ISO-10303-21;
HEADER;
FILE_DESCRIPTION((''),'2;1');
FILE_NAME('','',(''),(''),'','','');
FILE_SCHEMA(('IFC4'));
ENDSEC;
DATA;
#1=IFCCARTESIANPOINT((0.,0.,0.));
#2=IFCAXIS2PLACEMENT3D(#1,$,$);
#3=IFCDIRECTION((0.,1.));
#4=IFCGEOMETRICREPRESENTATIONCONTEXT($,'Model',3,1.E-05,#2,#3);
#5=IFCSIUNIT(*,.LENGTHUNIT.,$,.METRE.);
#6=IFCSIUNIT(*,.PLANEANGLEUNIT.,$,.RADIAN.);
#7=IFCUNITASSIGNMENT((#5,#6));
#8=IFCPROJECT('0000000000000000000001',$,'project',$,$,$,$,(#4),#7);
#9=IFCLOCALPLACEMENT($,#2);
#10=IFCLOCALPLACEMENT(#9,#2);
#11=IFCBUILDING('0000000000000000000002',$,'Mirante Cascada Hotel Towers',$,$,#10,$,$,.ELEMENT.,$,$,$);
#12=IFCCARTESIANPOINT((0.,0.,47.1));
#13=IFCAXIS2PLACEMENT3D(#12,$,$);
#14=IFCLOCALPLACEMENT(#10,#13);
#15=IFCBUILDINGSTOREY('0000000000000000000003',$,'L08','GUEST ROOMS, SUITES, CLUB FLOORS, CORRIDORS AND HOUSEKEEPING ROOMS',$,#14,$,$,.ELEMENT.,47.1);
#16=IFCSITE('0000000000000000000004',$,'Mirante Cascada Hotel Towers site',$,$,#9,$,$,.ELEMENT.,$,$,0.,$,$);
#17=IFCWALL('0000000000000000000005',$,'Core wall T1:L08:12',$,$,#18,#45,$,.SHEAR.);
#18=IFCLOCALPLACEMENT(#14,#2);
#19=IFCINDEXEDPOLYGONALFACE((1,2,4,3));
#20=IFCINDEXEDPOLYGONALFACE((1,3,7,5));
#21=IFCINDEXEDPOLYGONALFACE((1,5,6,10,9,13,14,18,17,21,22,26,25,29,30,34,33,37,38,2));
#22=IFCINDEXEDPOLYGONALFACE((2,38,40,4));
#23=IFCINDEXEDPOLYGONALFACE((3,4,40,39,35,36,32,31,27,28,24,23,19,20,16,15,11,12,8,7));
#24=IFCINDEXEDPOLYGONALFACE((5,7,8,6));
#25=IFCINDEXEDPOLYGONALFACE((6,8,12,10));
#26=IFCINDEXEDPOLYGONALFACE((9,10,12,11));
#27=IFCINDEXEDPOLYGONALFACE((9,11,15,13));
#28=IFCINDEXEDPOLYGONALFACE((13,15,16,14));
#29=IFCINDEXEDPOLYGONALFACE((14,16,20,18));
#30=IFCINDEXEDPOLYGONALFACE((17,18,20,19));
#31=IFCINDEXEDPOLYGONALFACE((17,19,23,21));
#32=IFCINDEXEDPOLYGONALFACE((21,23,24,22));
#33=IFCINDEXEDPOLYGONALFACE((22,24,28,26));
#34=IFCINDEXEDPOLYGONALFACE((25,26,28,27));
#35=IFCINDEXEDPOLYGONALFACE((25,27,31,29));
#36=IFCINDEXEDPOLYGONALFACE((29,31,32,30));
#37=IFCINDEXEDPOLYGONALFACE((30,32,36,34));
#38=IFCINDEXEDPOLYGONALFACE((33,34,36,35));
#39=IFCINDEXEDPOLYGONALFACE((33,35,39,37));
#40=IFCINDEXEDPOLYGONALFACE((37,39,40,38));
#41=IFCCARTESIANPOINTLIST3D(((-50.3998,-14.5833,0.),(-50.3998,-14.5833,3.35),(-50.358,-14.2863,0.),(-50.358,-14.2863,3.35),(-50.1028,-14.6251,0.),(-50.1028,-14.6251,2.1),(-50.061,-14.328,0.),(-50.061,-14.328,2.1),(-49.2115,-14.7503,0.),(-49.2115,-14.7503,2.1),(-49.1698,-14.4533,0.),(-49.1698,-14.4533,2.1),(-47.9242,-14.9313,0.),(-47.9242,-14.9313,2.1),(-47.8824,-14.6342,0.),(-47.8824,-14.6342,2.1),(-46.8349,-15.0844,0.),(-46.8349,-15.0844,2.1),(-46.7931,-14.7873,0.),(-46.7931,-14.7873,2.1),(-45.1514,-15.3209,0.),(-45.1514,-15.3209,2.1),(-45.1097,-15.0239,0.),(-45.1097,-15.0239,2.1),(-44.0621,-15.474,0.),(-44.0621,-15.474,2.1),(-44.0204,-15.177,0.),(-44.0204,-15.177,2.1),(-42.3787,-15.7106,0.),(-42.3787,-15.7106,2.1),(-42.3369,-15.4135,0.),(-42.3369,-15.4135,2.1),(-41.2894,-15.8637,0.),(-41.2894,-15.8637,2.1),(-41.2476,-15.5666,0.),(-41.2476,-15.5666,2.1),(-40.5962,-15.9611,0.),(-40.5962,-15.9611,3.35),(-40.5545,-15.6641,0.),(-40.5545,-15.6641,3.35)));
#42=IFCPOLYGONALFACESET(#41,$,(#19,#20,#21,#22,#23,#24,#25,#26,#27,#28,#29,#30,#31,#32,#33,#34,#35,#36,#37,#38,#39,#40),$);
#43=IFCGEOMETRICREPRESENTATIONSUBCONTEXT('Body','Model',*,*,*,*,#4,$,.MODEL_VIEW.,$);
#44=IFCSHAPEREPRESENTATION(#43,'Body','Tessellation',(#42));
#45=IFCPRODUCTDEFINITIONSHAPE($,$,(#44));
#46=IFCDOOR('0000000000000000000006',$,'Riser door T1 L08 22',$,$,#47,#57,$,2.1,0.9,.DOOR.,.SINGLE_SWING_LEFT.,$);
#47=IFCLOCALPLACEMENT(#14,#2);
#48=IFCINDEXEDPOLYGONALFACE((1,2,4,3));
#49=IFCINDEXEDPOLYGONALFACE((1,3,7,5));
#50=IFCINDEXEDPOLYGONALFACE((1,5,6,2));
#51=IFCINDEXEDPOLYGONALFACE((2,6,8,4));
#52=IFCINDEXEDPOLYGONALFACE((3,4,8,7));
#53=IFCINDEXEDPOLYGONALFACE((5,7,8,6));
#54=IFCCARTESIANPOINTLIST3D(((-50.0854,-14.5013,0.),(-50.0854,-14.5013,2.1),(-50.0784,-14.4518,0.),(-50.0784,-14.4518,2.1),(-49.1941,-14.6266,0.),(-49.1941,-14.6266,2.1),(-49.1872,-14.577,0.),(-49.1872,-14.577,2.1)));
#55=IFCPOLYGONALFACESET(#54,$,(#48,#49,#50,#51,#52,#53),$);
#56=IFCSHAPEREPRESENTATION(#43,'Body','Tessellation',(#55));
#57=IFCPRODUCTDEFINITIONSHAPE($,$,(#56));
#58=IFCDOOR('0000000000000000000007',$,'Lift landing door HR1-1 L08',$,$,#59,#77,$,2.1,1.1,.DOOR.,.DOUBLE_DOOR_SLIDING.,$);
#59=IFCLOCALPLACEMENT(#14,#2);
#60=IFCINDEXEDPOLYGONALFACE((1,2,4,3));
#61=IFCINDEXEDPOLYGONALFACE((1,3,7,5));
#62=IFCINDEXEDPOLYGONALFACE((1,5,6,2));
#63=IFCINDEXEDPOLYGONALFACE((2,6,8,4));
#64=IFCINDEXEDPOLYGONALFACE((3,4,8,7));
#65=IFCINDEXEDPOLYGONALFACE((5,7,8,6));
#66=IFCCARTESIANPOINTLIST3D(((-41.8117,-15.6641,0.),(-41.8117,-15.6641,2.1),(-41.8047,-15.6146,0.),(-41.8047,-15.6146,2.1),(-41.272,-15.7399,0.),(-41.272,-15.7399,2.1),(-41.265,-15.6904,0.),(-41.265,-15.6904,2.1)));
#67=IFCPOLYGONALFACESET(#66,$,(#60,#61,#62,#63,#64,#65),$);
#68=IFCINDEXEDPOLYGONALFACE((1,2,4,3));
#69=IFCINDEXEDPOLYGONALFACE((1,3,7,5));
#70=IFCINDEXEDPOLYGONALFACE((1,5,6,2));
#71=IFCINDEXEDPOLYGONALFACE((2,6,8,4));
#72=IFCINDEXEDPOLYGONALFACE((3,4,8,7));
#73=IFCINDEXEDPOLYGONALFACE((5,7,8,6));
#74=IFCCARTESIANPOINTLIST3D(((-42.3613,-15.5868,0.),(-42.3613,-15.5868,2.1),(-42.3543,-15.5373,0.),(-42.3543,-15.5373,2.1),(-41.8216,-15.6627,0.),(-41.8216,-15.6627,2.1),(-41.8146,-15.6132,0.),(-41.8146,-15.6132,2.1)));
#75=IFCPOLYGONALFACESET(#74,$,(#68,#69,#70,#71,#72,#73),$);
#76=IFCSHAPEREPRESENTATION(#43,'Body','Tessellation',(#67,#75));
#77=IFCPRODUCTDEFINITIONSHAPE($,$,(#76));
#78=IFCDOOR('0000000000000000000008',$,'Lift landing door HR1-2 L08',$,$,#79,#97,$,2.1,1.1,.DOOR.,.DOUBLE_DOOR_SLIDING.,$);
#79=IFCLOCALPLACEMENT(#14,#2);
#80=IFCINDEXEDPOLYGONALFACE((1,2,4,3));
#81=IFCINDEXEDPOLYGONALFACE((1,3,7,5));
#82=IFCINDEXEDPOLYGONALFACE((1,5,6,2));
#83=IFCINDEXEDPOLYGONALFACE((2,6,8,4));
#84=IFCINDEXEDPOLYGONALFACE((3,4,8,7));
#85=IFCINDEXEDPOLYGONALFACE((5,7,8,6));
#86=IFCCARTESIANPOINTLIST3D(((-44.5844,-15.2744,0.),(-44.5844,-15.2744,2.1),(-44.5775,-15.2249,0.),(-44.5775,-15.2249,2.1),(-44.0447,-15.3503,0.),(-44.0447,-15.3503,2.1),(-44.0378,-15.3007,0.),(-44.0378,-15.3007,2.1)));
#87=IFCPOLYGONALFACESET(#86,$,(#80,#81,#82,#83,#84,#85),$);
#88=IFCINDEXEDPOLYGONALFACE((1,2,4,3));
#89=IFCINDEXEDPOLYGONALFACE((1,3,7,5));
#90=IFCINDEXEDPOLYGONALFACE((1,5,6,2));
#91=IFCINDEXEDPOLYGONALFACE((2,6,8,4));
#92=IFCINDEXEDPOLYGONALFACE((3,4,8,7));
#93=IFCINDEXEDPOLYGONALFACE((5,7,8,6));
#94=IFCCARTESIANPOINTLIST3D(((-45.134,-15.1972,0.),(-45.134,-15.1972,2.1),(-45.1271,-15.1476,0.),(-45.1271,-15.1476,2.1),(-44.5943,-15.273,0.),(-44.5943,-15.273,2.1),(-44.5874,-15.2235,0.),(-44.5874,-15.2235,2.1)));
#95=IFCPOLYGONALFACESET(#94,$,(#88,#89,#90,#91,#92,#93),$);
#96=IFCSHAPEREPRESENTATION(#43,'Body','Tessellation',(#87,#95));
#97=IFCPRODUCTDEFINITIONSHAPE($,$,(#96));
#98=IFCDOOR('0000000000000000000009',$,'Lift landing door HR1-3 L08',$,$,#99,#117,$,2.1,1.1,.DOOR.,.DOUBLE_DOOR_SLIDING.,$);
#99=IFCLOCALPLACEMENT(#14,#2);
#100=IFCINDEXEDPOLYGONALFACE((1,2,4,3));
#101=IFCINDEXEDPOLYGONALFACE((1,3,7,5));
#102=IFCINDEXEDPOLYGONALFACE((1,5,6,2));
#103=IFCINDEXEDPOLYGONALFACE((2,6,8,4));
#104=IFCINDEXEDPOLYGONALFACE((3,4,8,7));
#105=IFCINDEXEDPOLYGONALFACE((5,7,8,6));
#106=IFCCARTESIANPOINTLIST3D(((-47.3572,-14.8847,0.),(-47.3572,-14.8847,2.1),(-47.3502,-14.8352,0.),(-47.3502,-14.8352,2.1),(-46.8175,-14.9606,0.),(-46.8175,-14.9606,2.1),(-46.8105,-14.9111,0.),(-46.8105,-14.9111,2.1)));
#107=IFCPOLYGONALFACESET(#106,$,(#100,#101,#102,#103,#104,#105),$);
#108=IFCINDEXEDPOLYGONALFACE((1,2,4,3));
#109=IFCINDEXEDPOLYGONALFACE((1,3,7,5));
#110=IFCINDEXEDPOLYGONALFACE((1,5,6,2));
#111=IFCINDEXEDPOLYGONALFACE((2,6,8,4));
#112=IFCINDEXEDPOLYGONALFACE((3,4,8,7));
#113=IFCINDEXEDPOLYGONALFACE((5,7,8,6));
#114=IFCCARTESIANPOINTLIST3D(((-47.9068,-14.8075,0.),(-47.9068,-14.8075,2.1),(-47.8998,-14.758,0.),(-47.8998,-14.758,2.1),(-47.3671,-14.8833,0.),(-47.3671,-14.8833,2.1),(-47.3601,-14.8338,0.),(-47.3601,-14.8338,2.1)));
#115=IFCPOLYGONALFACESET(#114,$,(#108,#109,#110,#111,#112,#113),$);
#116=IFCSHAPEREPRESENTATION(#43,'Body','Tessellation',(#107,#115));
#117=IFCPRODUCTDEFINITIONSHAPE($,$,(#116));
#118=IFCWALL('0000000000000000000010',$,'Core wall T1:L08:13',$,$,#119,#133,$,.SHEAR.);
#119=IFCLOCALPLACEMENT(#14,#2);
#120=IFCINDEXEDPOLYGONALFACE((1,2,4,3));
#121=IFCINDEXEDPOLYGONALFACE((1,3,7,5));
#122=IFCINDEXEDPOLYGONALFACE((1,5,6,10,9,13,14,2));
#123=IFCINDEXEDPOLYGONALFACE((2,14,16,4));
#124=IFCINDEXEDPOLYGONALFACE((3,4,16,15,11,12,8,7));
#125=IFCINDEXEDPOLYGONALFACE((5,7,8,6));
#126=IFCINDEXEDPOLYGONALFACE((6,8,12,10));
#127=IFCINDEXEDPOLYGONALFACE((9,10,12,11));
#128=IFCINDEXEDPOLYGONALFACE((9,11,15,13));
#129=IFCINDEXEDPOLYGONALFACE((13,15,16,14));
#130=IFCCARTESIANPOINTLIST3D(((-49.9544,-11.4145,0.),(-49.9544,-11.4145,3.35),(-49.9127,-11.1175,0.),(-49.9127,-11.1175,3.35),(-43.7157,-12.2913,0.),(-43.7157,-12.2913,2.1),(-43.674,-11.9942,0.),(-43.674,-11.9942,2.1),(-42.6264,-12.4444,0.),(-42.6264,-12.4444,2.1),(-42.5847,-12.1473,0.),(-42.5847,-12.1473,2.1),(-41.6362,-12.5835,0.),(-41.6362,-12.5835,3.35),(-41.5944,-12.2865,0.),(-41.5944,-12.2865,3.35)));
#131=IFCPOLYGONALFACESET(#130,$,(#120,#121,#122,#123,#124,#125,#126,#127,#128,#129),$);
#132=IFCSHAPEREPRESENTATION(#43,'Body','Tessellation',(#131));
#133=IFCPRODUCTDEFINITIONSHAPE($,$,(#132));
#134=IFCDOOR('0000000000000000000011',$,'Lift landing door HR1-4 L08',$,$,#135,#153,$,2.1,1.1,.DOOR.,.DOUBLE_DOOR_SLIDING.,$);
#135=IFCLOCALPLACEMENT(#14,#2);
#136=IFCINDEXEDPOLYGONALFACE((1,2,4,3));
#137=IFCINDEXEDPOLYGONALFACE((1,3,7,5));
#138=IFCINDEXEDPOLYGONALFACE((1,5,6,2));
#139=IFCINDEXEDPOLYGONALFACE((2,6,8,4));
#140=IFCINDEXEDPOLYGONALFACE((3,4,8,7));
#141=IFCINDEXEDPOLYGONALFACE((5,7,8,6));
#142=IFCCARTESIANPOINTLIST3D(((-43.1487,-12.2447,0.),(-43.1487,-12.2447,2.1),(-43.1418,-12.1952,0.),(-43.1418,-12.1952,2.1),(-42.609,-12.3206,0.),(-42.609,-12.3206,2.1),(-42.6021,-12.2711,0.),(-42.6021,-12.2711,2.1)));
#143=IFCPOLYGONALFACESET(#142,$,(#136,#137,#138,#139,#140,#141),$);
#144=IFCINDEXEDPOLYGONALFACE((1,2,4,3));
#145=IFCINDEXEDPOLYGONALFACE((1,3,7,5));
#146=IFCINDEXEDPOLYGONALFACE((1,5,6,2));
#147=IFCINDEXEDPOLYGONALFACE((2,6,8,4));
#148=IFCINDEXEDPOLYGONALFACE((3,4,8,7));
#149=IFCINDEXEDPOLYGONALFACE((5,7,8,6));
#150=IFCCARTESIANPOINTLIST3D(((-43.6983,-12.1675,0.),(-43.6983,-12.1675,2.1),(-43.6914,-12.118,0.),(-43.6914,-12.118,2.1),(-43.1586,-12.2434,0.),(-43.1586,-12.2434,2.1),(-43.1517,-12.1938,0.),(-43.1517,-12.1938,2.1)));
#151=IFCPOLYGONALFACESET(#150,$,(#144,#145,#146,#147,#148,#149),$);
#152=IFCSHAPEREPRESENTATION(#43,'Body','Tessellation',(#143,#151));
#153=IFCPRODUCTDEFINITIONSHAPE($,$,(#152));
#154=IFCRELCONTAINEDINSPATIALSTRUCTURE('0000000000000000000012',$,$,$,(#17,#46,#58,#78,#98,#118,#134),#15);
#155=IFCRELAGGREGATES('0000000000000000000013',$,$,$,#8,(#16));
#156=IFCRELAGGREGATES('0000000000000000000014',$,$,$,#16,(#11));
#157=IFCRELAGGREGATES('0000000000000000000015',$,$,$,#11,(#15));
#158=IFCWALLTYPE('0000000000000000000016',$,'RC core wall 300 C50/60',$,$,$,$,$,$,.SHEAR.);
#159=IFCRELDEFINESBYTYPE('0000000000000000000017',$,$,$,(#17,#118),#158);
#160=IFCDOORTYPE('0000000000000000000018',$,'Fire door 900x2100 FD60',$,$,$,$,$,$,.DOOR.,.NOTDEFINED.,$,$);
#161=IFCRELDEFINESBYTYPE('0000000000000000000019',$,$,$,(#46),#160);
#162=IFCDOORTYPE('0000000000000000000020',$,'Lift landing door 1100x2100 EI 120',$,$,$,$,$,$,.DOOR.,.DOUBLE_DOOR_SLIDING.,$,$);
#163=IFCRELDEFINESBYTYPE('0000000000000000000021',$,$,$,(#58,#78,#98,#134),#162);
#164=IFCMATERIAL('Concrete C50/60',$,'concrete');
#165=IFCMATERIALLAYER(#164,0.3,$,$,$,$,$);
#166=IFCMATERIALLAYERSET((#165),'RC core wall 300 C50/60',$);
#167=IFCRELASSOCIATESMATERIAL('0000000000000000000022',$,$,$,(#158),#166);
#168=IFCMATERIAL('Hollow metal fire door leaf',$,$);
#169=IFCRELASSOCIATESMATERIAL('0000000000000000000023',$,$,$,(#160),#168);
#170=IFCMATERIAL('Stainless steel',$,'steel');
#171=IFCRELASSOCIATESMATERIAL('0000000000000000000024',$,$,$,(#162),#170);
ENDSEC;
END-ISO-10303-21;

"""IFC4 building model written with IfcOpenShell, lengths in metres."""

from ifc_helpers import new_model, si_unit, direction, frame, frame_2d, origin, place, context, subcontext, project, spatial, rectangle, extrude, material, layer, layer_set, type_object, element, fill, save


model = new_model("IFC4")

# Units and contexts
model_context = context("Model", 3, precision=1e-05, world=origin(), true_north=direction((0.0, 1.0)))
body_context = subcontext(model_context, "Body", "Model", "MODEL_VIEW")
ifc_project = project(units=[si_unit("LENGTHUNIT", "METRE"), si_unit("PLANEANGLEUNIT", "RADIAN")], contexts=[model_context])

# Site, building, storey
site_placement = place(None, origin())
site = spatial("IfcSite", under=ifc_project, at=site_placement, Name="Mirante Cascada Hotel Towers site", CompositionType="ELEMENT", RefElevation=0.0)
building_placement = place(site_placement, origin())
building = spatial("IfcBuilding", under=site, at=building_placement, Name="Mirante Cascada Hotel Towers", CompositionType="ELEMENT")
storey_placement = place(building_placement, frame((0.0, 0.0, 47.1)))
storey = spatial("IfcBuildingStorey", under=building, at=storey_placement, Name="L08", Description="GUEST ROOMS, SUITES, CLUB FLOORS, CORRIDORS AND HOUSEKEEPING ROOMS", CompositionType="ELEMENT", Elevation=47.1)

# Shared definitions
ifc_material_1 = material(Name="Concrete C50/60", Category="concrete")
ifc_layer_1 = layer(ifc_material_1, 0.3)
ifc_layer_set_1 = layer_set([ifc_layer_1], Name="RC core wall 300 C50/60")
wall_type_1 = type_object("IfcWallType", Name="RC core wall 300 C50/60", PredefinedType="SHEAR", material=ifc_layer_set_1)

# Wall, openings, doors
wall_1_placement = place(storey_placement, frame((-40.5753, -15.8126, 0.0), z_axis=(0.0, 0.0, 1.0), x_axis=(-0.990268, 0.139173, 0.0)))
wall_1 = element("IfcWall", 1, at=wall_1_placement, inside=storey, type_object=wall_type_1, Name="Core wall T1:L08:12", PredefinedType="SHEAR", context=body_context, shape_type="SweptSolid", body=[
    extrude(rectangle(XDim=9.8999, YDim=0.3, at=frame_2d((4.95, 0.0))), origin(), (0.0, 0.0, 1.0), 3.35),
])
opening_1_placement = place(wall_1_placement, frame((0.7, 0.0, 0.0)))
opening_1 = element("IfcOpeningElement", 2, at=opening_1_placement, cuts=wall_1, PredefinedType="OPENING", context=body_context, shape_type="SweptSolid", body=[
    extrude(rectangle(XDim=1.1, YDim=2.1, at=frame_2d((0.55, 1.05))), frame((0.0, 0.15, 0.0), z_axis=(0.0, -1.0, 0.0), x_axis=(1.0, 0.0, 0.0)), (0.0, 0.0, 1.0), 0.3),
])
opening_2_placement = place(wall_1_placement, frame((3.5, 0.0, 0.0)))
opening_2 = element("IfcOpeningElement", 3, at=opening_2_placement, cuts=wall_1, PredefinedType="OPENING", context=body_context, shape_type="SweptSolid", body=[
    extrude(rectangle(XDim=1.1, YDim=2.1, at=frame_2d((0.55, 1.05))), frame((0.0, 0.15, 0.0), z_axis=(0.0, -1.0, 0.0), x_axis=(1.0, 0.0, 0.0)), (0.0, 0.0, 1.0), 0.3),
])
opening_3_placement = place(wall_1_placement, frame((6.3, 0.0, 0.0)))
opening_3 = element("IfcOpeningElement", 4, at=opening_3_placement, cuts=wall_1, PredefinedType="OPENING", context=body_context, shape_type="SweptSolid", body=[
    extrude(rectangle(XDim=1.1, YDim=2.1, at=frame_2d((0.55, 1.05))), frame((0.0, 0.15, 0.0), z_axis=(0.0, -1.0, 0.0), x_axis=(1.0, 0.0, 0.0)), (0.0, 0.0, 1.0), 0.3),
])
opening_4_placement = place(wall_1_placement, frame((8.7, 0.0, 0.0)))
opening_4 = element("IfcOpeningElement", 5, at=opening_4_placement, cuts=wall_1, PredefinedType="OPENING", context=body_context, shape_type="SweptSolid", body=[
    extrude(rectangle(XDim=0.9, YDim=2.1, at=frame_2d((0.45, 1.05))), frame((0.0, 0.15, 0.0), z_axis=(0.0, -1.0, 0.0), x_axis=(1.0, 0.0, 0.0)), (0.0, 0.0, 1.0), 0.3),
])
ifc_material_2 = material(Name="Hollow metal fire door leaf")
door_type_1 = type_object("IfcDoorType", Name="Fire door 900x2100 FD60", OperationType="NOTDEFINED", PredefinedType="DOOR", material=ifc_material_2)
door_1_placement = place(opening_4_placement, origin())
door_1 = element("IfcDoor", 6, at=door_1_placement, inside=storey, type_object=door_type_1, Name="Riser door T1 L08 22", OperationType="SINGLE_SWING_LEFT", OverallHeight=2.1, OverallWidth=0.9, PredefinedType="DOOR", context=body_context, shape_type="SweptSolid", body=[
    extrude(rectangle(XDim=0.9, YDim=2.1, at=frame_2d((0.45, 1.05))), frame((0.0, 0.025, 0.0), z_axis=(0.0, -1.0, 0.0), x_axis=(1.0, 0.0, 0.0)), (0.0, 0.0, 1.0), 0.05),
])
fill(opening_4, door_1)
ifc_material_3 = material(Name="Stainless steel", Category="steel")
door_type_2 = type_object("IfcDoorType", Name="Lift landing door 1100x2100 EI 120", OperationType="DOUBLE_DOOR_SLIDING", PredefinedType="DOOR", material=ifc_material_3)
door_2_placement = place(opening_1_placement, origin())
door_2 = element("IfcDoor", 7, at=door_2_placement, inside=storey, type_object=door_type_2, Name="Lift landing door HR1-1 L08", OperationType="DOUBLE_DOOR_SLIDING", OverallHeight=2.1, OverallWidth=1.1, PredefinedType="DOOR", context=body_context, shape_type="SweptSolid", body=[
    extrude(rectangle(XDim=0.545, YDim=2.1, at=frame_2d((0.2725, 1.05))), frame((0.0, 0.025, 0.0), z_axis=(0.0, -1.0, 0.0), x_axis=(1.0, 0.0, 0.0)), (0.0, 0.0, 1.0), 0.05),
    extrude(rectangle(XDim=0.545, YDim=2.1, at=frame_2d((0.8275, 1.05))), frame((0.0, 0.025, 0.0), z_axis=(0.0, -1.0, 0.0), x_axis=(1.0, 0.0, 0.0)), (0.0, 0.0, 1.0), 0.05),
])
fill(opening_1, door_2)
door_3_placement = place(opening_2_placement, origin())
door_3 = element("IfcDoor", 8, at=door_3_placement, inside=storey, type_object=door_type_2, Name="Lift landing door HR1-2 L08", OperationType="DOUBLE_DOOR_SLIDING", OverallHeight=2.1, OverallWidth=1.1, PredefinedType="DOOR", context=body_context, shape_type="SweptSolid", body=[
    extrude(rectangle(XDim=0.545, YDim=2.1, at=frame_2d((0.2725, 1.05))), frame((0.0, 0.025, 0.0), z_axis=(0.0, -1.0, 0.0), x_axis=(1.0, 0.0, 0.0)), (0.0, 0.0, 1.0), 0.05),
    extrude(rectangle(XDim=0.545, YDim=2.1, at=frame_2d((0.8275, 1.05))), frame((0.0, 0.025, 0.0), z_axis=(0.0, -1.0, 0.0), x_axis=(1.0, 0.0, 0.0)), (0.0, 0.0, 1.0), 0.05),
])
fill(opening_2, door_3)
door_4_placement = place(opening_3_placement, origin())
door_4 = element("IfcDoor", 9, at=door_4_placement, inside=storey, type_object=door_type_2, Name="Lift landing door HR1-3 L08", OperationType="DOUBLE_DOOR_SLIDING", OverallHeight=2.1, OverallWidth=1.1, PredefinedType="DOOR", context=body_context, shape_type="SweptSolid", body=[
    extrude(rectangle(XDim=0.545, YDim=2.1, at=frame_2d((0.2725, 1.05))), frame((0.0, 0.025, 0.0), z_axis=(0.0, -1.0, 0.0), x_axis=(1.0, 0.0, 0.0)), (0.0, 0.0, 1.0), 0.05),
    extrude(rectangle(XDim=0.545, YDim=2.1, at=frame_2d((0.8275, 1.05))), frame((0.0, 0.025, 0.0), z_axis=(0.0, -1.0, 0.0), x_axis=(1.0, 0.0, 0.0)), (0.0, 0.0, 1.0), 0.05),
])
fill(opening_3, door_4)

# Wall, opening, door
wall_2_placement = place(storey_placement, frame((-41.6153, -12.435, 0.0), z_axis=(0.0, 0.0, 1.0), x_axis=(-0.990269, 0.139166, 0.0)))
wall_2 = element("IfcWall", 10, at=wall_2_placement, inside=storey, type_object=wall_type_1, Name="Core wall T1:L08:13", PredefinedType="SHEAR", context=body_context, shape_type="SweptSolid", body=[
    extrude(rectangle(XDim=8.4, YDim=0.3, at=frame_2d((4.2, 0.0))), origin(), (0.0, 0.0, 1.0), 3.35),
])
opening_5_placement = place(wall_2_placement, frame((1.0, 0.0, 0.0)))
opening_5 = element("IfcOpeningElement", 11, at=opening_5_placement, cuts=wall_2, PredefinedType="OPENING", context=body_context, shape_type="SweptSolid", body=[
    extrude(rectangle(XDim=1.1, YDim=2.1, at=frame_2d((0.55, 1.05))), frame((0.0, 0.15, 0.0), z_axis=(0.0, -1.0, 0.0), x_axis=(1.0, 0.0, 0.0)), (0.0, 0.0, 1.0), 0.3),
])
door_5_placement = place(opening_5_placement, origin())
door_5 = element("IfcDoor", 12, at=door_5_placement, inside=storey, type_object=door_type_2, Name="Lift landing door HR1-4 L08", OperationType="DOUBLE_DOOR_SLIDING", OverallHeight=2.1, OverallWidth=1.1, PredefinedType="DOOR", context=body_context, shape_type="SweptSolid", body=[
    extrude(rectangle(XDim=0.545, YDim=2.1, at=frame_2d((0.2725, 1.05))), frame((0.0, 0.025, 0.0), z_axis=(0.0, -1.0, 0.0), x_axis=(1.0, 0.0, 0.0)), (0.0, 0.0, 1.0), 0.05),
    extrude(rectangle(XDim=0.545, YDim=2.1, at=frame_2d((0.8275, 1.05))), frame((0.0, 0.025, 0.0), z_axis=(0.0, -1.0, 0.0), x_axis=(1.0, 0.0, 0.0)), (0.0, 0.0, 1.0), 0.05),
])
fill(opening_5, door_5)

save(model, "model.ifc")
